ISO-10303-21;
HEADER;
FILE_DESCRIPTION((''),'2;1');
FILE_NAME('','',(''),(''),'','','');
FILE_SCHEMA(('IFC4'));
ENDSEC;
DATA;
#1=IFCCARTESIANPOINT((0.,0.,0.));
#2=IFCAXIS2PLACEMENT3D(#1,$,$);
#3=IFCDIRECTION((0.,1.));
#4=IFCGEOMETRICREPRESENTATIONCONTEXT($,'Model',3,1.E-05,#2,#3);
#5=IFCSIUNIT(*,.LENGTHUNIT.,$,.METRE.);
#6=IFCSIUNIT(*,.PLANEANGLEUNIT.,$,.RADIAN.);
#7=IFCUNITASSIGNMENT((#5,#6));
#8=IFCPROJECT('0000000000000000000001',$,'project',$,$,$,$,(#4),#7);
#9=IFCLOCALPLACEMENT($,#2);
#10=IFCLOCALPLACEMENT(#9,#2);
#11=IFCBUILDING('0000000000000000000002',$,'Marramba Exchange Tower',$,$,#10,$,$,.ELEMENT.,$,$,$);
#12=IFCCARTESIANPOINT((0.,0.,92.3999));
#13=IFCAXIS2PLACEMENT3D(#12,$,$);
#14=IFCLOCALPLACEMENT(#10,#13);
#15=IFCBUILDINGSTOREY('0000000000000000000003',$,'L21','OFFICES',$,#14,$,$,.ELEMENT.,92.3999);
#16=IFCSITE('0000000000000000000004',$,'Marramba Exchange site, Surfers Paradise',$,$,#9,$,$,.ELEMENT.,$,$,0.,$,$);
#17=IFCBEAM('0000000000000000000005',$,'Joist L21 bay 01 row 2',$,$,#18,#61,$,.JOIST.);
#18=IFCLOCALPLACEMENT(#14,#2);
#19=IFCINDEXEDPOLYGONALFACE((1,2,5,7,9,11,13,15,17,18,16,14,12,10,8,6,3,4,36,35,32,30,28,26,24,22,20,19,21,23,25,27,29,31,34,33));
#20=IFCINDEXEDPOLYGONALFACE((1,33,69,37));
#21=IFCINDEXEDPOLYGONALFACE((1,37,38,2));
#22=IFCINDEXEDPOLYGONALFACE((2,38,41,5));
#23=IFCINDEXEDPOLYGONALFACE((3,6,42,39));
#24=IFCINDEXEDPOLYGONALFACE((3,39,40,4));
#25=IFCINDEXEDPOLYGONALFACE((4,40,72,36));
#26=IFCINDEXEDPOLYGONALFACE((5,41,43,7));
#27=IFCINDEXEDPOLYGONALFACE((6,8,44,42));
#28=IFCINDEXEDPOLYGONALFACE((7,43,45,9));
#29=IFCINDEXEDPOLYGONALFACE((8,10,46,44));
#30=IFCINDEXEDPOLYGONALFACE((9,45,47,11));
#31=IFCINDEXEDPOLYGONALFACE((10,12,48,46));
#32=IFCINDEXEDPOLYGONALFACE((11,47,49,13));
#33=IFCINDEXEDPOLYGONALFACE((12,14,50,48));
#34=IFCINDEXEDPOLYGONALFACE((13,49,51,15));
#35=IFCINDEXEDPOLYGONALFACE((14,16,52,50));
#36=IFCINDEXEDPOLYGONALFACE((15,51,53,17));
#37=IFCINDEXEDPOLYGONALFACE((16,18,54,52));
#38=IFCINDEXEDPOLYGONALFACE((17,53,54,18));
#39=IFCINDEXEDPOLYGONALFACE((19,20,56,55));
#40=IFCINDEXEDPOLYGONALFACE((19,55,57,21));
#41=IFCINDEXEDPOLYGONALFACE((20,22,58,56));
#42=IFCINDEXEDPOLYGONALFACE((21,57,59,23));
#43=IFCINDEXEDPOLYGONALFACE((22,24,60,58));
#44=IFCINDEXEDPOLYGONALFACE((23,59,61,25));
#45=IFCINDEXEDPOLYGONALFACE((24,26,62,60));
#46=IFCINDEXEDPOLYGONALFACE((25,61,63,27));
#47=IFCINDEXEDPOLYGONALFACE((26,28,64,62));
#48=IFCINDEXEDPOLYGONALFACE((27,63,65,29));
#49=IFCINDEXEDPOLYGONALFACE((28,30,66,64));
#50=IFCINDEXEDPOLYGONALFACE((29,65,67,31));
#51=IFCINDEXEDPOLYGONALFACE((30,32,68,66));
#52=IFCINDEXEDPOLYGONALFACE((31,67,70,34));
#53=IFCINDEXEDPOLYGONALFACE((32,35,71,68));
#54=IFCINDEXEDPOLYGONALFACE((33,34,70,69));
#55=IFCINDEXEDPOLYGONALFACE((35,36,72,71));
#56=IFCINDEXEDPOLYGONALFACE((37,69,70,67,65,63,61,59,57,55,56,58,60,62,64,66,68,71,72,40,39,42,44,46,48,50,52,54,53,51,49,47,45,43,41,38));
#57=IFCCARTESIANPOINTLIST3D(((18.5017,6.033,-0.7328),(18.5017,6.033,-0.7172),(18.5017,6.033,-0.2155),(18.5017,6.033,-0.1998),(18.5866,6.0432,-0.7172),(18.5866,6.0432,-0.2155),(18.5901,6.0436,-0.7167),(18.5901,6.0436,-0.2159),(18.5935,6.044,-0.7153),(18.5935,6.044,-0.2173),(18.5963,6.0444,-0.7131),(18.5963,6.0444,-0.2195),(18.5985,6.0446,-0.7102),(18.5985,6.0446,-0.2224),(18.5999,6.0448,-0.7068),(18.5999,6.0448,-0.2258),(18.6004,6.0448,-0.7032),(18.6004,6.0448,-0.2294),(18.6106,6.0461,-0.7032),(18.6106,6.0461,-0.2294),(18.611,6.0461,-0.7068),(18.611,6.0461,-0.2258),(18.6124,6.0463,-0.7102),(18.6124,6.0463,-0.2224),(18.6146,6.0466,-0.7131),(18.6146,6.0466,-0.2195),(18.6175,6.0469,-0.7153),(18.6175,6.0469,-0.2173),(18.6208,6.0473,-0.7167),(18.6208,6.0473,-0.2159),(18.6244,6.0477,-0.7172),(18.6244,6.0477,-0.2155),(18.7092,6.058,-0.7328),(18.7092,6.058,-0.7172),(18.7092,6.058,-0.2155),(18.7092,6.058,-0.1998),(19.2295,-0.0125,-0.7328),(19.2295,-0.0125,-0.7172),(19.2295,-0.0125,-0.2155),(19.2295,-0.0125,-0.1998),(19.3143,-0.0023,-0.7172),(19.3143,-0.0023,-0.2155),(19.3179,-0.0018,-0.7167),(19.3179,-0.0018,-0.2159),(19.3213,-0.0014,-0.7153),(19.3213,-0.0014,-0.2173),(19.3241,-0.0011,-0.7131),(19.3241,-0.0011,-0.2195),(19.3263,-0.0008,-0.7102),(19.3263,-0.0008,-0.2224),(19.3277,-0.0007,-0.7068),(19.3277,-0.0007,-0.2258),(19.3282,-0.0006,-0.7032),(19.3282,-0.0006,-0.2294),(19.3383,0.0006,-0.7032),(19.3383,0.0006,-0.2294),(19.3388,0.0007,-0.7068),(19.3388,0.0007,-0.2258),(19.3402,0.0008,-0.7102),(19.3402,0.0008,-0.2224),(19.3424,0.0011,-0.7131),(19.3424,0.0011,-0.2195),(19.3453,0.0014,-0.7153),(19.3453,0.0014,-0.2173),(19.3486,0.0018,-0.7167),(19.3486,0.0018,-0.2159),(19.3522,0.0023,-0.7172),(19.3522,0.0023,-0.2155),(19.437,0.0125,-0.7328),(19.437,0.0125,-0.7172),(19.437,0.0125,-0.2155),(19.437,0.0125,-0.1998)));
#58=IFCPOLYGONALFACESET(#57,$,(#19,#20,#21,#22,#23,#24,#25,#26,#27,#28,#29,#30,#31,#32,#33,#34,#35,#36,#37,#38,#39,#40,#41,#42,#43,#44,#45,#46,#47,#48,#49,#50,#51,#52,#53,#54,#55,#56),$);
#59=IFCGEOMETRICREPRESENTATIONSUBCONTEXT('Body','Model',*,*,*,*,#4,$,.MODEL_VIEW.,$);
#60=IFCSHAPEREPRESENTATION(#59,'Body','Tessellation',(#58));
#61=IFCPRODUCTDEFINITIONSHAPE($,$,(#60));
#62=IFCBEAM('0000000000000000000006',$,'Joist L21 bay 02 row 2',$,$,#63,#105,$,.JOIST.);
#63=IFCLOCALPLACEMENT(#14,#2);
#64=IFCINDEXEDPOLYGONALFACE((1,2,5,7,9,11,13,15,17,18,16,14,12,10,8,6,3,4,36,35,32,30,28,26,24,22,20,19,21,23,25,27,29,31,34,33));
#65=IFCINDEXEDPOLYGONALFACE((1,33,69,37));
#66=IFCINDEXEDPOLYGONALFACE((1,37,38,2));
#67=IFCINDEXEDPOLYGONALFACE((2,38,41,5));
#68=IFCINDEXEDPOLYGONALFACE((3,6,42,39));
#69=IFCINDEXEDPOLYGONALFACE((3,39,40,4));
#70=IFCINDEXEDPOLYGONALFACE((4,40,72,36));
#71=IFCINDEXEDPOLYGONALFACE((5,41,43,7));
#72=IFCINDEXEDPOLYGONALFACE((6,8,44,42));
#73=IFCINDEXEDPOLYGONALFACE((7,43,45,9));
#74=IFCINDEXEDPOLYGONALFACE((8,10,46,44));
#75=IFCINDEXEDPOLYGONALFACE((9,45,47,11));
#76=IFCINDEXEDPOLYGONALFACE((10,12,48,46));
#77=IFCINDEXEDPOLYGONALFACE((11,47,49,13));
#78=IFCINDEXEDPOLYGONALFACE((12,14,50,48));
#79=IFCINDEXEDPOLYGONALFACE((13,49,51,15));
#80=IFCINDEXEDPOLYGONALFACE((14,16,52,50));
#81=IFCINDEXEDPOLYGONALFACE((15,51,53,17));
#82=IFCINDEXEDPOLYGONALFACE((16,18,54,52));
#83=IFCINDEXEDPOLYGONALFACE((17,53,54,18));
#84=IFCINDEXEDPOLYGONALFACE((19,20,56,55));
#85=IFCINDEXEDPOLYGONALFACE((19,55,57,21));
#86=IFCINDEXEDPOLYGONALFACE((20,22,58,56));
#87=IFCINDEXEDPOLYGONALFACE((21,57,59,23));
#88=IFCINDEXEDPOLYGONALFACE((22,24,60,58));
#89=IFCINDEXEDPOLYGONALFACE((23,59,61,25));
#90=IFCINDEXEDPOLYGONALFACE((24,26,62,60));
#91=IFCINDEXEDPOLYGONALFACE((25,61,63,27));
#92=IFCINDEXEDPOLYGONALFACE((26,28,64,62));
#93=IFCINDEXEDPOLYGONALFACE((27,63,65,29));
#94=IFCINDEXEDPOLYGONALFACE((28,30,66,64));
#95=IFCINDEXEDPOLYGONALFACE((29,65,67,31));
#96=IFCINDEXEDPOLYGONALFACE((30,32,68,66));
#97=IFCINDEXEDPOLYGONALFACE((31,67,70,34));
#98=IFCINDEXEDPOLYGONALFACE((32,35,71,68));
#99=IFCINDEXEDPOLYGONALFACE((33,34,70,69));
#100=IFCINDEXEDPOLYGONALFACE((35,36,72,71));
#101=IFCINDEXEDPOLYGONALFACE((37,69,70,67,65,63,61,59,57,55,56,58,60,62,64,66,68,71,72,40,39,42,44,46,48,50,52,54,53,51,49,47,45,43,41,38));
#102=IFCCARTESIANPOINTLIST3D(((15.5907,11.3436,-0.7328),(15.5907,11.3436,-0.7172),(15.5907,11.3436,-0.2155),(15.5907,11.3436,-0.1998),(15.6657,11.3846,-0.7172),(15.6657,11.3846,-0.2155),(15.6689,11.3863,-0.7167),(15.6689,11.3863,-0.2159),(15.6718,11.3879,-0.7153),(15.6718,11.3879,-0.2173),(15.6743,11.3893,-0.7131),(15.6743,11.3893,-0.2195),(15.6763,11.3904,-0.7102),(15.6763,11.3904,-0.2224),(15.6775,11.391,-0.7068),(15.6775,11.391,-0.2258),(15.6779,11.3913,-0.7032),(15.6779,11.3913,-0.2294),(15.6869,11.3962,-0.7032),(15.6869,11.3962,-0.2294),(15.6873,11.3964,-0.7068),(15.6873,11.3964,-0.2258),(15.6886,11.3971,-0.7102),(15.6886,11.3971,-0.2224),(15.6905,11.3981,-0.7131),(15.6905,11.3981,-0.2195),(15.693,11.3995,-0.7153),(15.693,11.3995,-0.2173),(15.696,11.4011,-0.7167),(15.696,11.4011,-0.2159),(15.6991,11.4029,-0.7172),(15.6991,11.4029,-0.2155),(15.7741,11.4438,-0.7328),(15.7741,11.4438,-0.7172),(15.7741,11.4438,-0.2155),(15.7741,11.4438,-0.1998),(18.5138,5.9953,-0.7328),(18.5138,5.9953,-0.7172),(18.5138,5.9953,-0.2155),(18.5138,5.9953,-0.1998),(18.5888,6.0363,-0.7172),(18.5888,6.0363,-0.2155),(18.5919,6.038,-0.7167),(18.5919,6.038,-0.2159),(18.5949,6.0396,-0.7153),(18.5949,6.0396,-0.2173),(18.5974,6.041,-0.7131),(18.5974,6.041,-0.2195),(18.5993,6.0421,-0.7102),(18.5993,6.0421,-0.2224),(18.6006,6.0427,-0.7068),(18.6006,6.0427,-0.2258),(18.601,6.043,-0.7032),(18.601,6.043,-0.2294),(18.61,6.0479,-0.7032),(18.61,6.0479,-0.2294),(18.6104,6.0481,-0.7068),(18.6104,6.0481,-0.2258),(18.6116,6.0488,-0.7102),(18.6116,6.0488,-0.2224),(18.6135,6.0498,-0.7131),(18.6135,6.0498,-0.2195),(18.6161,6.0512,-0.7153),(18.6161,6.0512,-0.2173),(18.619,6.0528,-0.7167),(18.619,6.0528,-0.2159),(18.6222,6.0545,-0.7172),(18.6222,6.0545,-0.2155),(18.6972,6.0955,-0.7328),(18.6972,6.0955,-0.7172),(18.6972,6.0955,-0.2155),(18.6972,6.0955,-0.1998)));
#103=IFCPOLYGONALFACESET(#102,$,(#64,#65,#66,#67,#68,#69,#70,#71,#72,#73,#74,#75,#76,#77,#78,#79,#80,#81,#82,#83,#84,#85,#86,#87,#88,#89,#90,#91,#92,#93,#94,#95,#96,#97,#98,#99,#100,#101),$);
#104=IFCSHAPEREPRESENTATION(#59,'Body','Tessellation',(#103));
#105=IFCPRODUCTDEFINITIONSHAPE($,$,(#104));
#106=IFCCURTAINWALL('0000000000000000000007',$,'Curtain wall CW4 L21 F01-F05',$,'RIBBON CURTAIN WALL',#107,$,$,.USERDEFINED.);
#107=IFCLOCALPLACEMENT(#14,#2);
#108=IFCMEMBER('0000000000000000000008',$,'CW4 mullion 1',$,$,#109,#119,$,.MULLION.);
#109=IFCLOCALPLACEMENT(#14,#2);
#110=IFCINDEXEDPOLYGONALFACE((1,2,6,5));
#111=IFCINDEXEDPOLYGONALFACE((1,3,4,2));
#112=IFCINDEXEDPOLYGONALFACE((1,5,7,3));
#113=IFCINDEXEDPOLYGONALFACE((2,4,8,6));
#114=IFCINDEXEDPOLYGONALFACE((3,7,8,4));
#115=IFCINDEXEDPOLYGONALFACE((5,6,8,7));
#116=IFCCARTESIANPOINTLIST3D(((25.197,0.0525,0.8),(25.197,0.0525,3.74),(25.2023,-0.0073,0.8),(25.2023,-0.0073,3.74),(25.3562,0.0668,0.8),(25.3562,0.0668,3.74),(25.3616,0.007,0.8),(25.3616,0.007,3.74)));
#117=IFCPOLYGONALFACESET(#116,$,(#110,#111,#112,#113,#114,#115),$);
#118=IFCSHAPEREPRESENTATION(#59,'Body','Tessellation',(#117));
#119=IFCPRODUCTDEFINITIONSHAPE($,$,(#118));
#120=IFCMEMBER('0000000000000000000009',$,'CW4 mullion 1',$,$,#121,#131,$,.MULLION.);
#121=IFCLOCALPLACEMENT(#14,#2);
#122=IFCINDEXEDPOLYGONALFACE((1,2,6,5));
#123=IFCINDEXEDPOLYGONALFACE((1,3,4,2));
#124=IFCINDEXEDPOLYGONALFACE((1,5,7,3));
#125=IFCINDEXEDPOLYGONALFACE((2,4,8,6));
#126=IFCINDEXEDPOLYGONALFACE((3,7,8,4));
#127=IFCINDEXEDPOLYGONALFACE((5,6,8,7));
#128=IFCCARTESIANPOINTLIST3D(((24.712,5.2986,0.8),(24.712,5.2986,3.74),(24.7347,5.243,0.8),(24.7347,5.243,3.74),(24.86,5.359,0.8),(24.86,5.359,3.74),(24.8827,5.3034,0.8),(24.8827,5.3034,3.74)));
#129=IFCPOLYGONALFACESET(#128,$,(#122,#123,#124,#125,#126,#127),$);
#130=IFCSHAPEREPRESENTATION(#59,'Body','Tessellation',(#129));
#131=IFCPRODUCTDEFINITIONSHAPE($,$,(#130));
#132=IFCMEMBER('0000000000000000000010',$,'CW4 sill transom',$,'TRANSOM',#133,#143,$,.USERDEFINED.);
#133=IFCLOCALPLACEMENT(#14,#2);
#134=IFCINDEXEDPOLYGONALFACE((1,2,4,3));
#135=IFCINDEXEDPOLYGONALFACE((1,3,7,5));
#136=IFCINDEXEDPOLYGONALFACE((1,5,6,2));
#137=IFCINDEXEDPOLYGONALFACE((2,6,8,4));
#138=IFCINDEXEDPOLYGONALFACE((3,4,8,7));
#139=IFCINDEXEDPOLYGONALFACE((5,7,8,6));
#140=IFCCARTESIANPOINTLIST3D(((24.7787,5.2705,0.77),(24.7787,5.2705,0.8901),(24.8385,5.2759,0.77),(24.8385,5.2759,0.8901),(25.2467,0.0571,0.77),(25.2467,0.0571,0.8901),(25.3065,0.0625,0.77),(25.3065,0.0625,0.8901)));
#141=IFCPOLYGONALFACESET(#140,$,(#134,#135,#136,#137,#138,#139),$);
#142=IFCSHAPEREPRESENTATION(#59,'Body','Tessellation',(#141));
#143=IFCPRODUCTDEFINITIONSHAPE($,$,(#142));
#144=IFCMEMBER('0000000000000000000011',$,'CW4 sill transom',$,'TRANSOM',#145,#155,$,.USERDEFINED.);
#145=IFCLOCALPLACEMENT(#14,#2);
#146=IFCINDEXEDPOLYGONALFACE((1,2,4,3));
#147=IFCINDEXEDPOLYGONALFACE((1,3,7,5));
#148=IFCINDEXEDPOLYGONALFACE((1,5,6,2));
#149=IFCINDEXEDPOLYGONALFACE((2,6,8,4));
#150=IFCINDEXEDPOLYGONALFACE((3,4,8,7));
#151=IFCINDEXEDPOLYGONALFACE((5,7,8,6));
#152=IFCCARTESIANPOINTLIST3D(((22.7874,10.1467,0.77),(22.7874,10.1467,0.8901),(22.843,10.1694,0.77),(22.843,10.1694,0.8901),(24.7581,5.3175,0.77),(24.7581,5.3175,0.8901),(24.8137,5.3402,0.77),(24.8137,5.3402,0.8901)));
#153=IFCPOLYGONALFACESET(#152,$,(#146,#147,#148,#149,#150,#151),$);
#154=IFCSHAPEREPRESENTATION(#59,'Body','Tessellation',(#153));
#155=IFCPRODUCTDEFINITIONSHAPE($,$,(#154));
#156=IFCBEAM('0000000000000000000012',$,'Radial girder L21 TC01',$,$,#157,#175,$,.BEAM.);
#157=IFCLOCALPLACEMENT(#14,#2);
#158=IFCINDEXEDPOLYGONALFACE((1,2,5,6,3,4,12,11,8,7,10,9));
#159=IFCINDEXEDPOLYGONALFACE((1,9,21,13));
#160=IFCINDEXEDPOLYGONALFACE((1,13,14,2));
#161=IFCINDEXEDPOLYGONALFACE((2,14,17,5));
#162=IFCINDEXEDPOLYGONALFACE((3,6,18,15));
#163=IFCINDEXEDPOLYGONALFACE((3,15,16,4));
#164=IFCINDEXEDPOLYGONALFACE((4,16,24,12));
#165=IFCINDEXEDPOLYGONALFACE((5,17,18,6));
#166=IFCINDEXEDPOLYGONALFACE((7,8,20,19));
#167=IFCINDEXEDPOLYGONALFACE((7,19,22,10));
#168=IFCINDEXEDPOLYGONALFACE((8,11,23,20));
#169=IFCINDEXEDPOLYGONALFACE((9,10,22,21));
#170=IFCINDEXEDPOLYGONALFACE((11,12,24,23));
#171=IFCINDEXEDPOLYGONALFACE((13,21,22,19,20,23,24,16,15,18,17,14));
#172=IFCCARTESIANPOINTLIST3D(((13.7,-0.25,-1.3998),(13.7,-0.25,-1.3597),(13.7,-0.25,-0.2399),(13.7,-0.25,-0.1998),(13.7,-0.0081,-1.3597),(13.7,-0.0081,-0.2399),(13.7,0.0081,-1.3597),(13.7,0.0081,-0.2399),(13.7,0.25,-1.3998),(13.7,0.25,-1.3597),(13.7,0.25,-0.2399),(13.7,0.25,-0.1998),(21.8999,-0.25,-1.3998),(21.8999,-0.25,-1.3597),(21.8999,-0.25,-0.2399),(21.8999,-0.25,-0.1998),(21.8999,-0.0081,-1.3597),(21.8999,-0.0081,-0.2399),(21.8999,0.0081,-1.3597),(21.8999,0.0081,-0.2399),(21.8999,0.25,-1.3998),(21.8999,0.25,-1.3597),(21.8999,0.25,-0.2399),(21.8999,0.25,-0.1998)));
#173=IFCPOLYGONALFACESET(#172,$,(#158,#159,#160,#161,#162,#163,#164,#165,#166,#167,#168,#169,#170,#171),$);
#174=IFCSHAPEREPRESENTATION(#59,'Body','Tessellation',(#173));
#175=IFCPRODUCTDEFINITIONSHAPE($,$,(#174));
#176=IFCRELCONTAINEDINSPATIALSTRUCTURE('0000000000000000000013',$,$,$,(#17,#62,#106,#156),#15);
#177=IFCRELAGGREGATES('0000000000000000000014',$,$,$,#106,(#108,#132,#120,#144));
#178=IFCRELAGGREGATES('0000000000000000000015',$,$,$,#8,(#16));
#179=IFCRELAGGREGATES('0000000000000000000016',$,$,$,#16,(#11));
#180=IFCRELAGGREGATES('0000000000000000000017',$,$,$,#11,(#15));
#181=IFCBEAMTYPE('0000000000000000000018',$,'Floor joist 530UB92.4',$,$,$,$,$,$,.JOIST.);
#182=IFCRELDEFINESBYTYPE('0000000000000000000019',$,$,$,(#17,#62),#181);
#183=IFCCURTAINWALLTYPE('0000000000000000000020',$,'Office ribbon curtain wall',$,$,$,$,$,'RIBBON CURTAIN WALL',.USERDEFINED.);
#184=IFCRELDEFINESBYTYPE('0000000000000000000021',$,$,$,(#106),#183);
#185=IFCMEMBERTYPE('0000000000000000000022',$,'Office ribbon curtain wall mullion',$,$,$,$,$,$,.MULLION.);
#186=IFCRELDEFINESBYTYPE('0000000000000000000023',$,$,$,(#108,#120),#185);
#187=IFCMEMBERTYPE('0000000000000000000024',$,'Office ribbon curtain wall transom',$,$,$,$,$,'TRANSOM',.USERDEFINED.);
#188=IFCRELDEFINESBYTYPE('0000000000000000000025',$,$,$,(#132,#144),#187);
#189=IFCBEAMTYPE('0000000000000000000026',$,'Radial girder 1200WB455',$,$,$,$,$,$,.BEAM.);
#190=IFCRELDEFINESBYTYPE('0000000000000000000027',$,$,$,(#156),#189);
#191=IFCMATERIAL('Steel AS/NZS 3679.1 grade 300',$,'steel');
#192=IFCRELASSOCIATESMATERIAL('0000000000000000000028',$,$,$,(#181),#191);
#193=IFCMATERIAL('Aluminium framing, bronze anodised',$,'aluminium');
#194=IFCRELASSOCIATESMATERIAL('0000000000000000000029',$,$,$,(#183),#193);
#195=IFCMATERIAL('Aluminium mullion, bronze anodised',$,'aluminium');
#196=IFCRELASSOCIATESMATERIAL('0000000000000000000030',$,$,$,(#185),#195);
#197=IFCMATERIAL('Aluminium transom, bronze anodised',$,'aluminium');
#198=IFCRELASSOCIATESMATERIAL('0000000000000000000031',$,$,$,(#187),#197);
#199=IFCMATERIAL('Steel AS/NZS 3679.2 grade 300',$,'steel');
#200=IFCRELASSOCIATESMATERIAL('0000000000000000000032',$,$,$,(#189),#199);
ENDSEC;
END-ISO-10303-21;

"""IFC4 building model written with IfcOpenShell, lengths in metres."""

from ifc_helpers import new_model, si_unit, direction, frame, origin, origin_2d, place, context, subcontext, project, spatial, rectangle, i_section, extrude, material, material_profile, profile_set, type_object, element, aggregate, save


model = new_model("IFC4")

# Units and contexts
model_context = context("Model", 3, precision=1e-05, world=origin(), true_north=direction((0.0, 1.0)))
body_context = subcontext(model_context, "Body", "Model", "MODEL_VIEW")
ifc_project = project(units=[si_unit("LENGTHUNIT", "METRE"), si_unit("PLANEANGLEUNIT", "RADIAN")], contexts=[model_context])

# Site, building, storey
site_placement = place(None, origin())
site = spatial("IfcSite", under=ifc_project, at=site_placement, Name="Marramba Exchange site, Surfers Paradise", CompositionType="ELEMENT", RefElevation=0.0)
building_placement = place(site_placement, origin())
building = spatial("IfcBuilding", under=site, at=building_placement, Name="Marramba Exchange Tower", CompositionType="ELEMENT")
storey_placement = place(building_placement, frame((0.0, 0.0, 92.3999)))
storey = spatial("IfcBuildingStorey", under=building, at=storey_placement, Name="L21", Description="OFFICES", CompositionType="ELEMENT", Elevation=92.3999)

# Shared definitions
ifc_material_1 = material(Name="Steel AS/NZS 3679.2 grade 300", Category="steel")

# Beams
ifc_material_2 = material(Name="Steel AS/NZS 3679.1 grade 300", Category="steel")
ifc_material_profile_1 = material_profile(ifc_material_2, i_section(OverallWidth=0.209, OverallDepth=0.533, WebThickness=0.0103, FlangeThickness=0.0156, FilletRadius=0.0139, at=origin_2d()), Name="530UB92.4")
ifc_profile_set_1 = profile_set([ifc_material_profile_1], Name="Steel AS/NZS 3679.1 grade 300")
beam_type_1 = type_object("IfcBeamType", Name="Floor joist 530UB92.4", PredefinedType="JOIST", material=ifc_profile_set_1)
beam_1_placement = place(storey_placement, frame((19.3333, 0.0, -0.4663), z_axis=(-0.119523, 0.992831, 0.0), x_axis=(-0.992831, -0.119523, 0.0)))
element("IfcBeam", 1, at=beam_1_placement, inside=storey, type_object=beam_type_1, Name="Joist L21 bay 01 row 2", PredefinedType="JOIST", context=body_context, shape_type="SweptSolid", body=[
    extrude(i_section(OverallWidth=0.209, OverallDepth=0.533, WebThickness=0.0103, FlangeThickness=0.0156, FilletRadius=0.0139, at=origin_2d()), origin(), (0.0, 0.0, 1.0), 6.0891),
])
beam_2_placement = place(storey_placement, frame((18.6055, 6.0454, -0.4663), z_axis=(-0.479584, 0.877496, 0.0), x_axis=(-0.877496, -0.479584, 0.0)))
element("IfcBeam", 2, at=beam_2_placement, inside=storey, type_object=beam_type_1, Name="Joist L21 bay 02 row 2", PredefinedType="JOIST", context=body_context, shape_type="SweptSolid", body=[
    extrude(i_section(OverallWidth=0.209, OverallDepth=0.533, WebThickness=0.0103, FlangeThickness=0.0156, FilletRadius=0.0139, at=origin_2d()), origin(), (0.0, 0.0, 1.0), 6.095),
])

# Curtain wall, members
ifc_material_3 = material(Name="Aluminium framing, bronze anodised", Category="aluminium")
curtain_wall_type = type_object("IfcCurtainWallType", Name="Office ribbon curtain wall", ElementType="RIBBON CURTAIN WALL", PredefinedType="USERDEFINED", material=ifc_material_3)
curtain_wall_placement = place(storey_placement, origin())
curtain_wall = element("IfcCurtainWall", 3, at=curtain_wall_placement, inside=storey, type_object=curtain_wall_type, Name="Curtain wall CW4 L21 F01-F05", ObjectType="RIBBON CURTAIN WALL", PredefinedType="USERDEFINED")
ifc_material_4 = material(Name="Aluminium mullion, bronze anodised", Category="aluminium")
ifc_material_profile_2 = material_profile(ifc_material_4, rectangle(XDim=0.1599, YDim=0.0601, at=origin_2d()), Name="CW4 mullion 60x160")
ifc_profile_set_2 = profile_set([ifc_material_profile_2], Name="Aluminium mullion, bronze anodised")
member_type_1 = type_object("IfcMemberType", Name="Office ribbon curtain wall mullion", PredefinedType="MULLION", material=ifc_profile_set_2)
member_1_placement = place(storey_placement, frame((25.2793, 0.0298, 0.8), z_axis=(0.0, 0.0, 1.0), x_axis=(-0.995995, -0.089413, 0.0)))
member_1 = element("IfcMember", 4, at=member_1_placement, type_object=member_type_1, Name="CW4 mullion 1", PredefinedType="MULLION", context=body_context, shape_type="SweptSolid", body=[
    extrude(rectangle(XDim=0.1599, YDim=0.0601, at=origin_2d()), origin(), (0.0, 0.0, 1.0), 2.9399),
])
member_2_placement = place(storey_placement, frame((24.7974, 5.301, 0.8), z_axis=(0.0, 0.0, 1.0), x_axis=(-0.925879, -0.377821, 0.0)))
member_2 = element("IfcMember", 5, at=member_2_placement, type_object=member_type_1, Name="CW4 mullion 1", PredefinedType="MULLION", context=body_context, shape_type="SweptSolid", body=[
    extrude(rectangle(XDim=0.1599, YDim=0.0601, at=origin_2d()), origin(), (0.0, 0.0, 1.0), 2.9399),
])
ifc_material_5 = material(Name="Aluminium transom, bronze anodised", Category="aluminium")
ifc_material_profile_3 = material_profile(ifc_material_5, rectangle(XDim=0.0601, YDim=0.1201, at=origin_2d()), Name="CW4 transom 60x120")
ifc_profile_set_3 = profile_set([ifc_material_profile_3], Name="Aluminium transom, bronze anodised")
member_type_2 = type_object("IfcMemberType", Name="Office ribbon curtain wall transom", ElementType="TRANSOM", PredefinedType="USERDEFINED", material=ifc_profile_set_3)
member_3_placement = place(storey_placement, frame((25.2766, 0.0598, 0.8301), z_axis=(-0.089413, 0.995995, 0.0), x_axis=(-0.995995, -0.089413, 0.0)))
member_3 = element("IfcMember", 6, at=member_3_placement, type_object=member_type_2, Name="CW4 sill transom", ObjectType="TRANSOM", PredefinedType="USERDEFINED", context=body_context, shape_type="SweptSolid", body=[
    extrude(rectangle(XDim=0.0601, YDim=0.1201, at=origin_2d()), origin(), (0.0, 0.0, 1.0), 5.2344),
])
member_4_placement = place(storey_placement, frame((24.7859, 5.3289, 0.8301), z_axis=(-0.377838, 0.925872, 0.0), x_axis=(-0.925872, -0.377838, 0.0)))
member_4 = element("IfcMember", 7, at=member_4_placement, type_object=member_type_2, Name="CW4 sill transom", ObjectType="TRANSOM", PredefinedType="USERDEFINED", context=body_context, shape_type="SweptSolid", body=[
    extrude(rectangle(XDim=0.0601, YDim=0.1201, at=origin_2d()), origin(), (0.0, 0.0, 1.0), 5.2158),
])

# Beam
ifc_material_profile_4 = material_profile(ifc_material_1, i_section(OverallWidth=0.5, OverallDepth=1.2, WebThickness=0.0161, FlangeThickness=0.04, at=origin_2d()), Name="1200WB455")
ifc_profile_set_4 = profile_set([ifc_material_profile_4], Name="Steel AS/NZS 3679.2 grade 300")
beam_type_2 = type_object("IfcBeamType", Name="Radial girder 1200WB455", PredefinedType="BEAM", material=ifc_profile_set_4)
beam_3_placement = place(storey_placement, frame((13.7, 0.0, -0.7998), z_axis=(1.0, 0.0, 0.0), x_axis=(0.0, 1.0, 0.0)))
element("IfcBeam", 8, at=beam_3_placement, inside=storey, type_object=beam_type_2, Name="Radial girder L21 TC01", PredefinedType="BEAM", context=body_context, shape_type="SweptSolid", body=[
    extrude(i_section(OverallWidth=0.5, OverallDepth=1.2, WebThickness=0.0161, FlangeThickness=0.04, at=origin_2d()), origin(), (0.0, 0.0, 1.0), 8.2),
])

aggregate(curtain_wall, [member_1, member_3, member_2, member_4])

save(model, "model.ifc")
